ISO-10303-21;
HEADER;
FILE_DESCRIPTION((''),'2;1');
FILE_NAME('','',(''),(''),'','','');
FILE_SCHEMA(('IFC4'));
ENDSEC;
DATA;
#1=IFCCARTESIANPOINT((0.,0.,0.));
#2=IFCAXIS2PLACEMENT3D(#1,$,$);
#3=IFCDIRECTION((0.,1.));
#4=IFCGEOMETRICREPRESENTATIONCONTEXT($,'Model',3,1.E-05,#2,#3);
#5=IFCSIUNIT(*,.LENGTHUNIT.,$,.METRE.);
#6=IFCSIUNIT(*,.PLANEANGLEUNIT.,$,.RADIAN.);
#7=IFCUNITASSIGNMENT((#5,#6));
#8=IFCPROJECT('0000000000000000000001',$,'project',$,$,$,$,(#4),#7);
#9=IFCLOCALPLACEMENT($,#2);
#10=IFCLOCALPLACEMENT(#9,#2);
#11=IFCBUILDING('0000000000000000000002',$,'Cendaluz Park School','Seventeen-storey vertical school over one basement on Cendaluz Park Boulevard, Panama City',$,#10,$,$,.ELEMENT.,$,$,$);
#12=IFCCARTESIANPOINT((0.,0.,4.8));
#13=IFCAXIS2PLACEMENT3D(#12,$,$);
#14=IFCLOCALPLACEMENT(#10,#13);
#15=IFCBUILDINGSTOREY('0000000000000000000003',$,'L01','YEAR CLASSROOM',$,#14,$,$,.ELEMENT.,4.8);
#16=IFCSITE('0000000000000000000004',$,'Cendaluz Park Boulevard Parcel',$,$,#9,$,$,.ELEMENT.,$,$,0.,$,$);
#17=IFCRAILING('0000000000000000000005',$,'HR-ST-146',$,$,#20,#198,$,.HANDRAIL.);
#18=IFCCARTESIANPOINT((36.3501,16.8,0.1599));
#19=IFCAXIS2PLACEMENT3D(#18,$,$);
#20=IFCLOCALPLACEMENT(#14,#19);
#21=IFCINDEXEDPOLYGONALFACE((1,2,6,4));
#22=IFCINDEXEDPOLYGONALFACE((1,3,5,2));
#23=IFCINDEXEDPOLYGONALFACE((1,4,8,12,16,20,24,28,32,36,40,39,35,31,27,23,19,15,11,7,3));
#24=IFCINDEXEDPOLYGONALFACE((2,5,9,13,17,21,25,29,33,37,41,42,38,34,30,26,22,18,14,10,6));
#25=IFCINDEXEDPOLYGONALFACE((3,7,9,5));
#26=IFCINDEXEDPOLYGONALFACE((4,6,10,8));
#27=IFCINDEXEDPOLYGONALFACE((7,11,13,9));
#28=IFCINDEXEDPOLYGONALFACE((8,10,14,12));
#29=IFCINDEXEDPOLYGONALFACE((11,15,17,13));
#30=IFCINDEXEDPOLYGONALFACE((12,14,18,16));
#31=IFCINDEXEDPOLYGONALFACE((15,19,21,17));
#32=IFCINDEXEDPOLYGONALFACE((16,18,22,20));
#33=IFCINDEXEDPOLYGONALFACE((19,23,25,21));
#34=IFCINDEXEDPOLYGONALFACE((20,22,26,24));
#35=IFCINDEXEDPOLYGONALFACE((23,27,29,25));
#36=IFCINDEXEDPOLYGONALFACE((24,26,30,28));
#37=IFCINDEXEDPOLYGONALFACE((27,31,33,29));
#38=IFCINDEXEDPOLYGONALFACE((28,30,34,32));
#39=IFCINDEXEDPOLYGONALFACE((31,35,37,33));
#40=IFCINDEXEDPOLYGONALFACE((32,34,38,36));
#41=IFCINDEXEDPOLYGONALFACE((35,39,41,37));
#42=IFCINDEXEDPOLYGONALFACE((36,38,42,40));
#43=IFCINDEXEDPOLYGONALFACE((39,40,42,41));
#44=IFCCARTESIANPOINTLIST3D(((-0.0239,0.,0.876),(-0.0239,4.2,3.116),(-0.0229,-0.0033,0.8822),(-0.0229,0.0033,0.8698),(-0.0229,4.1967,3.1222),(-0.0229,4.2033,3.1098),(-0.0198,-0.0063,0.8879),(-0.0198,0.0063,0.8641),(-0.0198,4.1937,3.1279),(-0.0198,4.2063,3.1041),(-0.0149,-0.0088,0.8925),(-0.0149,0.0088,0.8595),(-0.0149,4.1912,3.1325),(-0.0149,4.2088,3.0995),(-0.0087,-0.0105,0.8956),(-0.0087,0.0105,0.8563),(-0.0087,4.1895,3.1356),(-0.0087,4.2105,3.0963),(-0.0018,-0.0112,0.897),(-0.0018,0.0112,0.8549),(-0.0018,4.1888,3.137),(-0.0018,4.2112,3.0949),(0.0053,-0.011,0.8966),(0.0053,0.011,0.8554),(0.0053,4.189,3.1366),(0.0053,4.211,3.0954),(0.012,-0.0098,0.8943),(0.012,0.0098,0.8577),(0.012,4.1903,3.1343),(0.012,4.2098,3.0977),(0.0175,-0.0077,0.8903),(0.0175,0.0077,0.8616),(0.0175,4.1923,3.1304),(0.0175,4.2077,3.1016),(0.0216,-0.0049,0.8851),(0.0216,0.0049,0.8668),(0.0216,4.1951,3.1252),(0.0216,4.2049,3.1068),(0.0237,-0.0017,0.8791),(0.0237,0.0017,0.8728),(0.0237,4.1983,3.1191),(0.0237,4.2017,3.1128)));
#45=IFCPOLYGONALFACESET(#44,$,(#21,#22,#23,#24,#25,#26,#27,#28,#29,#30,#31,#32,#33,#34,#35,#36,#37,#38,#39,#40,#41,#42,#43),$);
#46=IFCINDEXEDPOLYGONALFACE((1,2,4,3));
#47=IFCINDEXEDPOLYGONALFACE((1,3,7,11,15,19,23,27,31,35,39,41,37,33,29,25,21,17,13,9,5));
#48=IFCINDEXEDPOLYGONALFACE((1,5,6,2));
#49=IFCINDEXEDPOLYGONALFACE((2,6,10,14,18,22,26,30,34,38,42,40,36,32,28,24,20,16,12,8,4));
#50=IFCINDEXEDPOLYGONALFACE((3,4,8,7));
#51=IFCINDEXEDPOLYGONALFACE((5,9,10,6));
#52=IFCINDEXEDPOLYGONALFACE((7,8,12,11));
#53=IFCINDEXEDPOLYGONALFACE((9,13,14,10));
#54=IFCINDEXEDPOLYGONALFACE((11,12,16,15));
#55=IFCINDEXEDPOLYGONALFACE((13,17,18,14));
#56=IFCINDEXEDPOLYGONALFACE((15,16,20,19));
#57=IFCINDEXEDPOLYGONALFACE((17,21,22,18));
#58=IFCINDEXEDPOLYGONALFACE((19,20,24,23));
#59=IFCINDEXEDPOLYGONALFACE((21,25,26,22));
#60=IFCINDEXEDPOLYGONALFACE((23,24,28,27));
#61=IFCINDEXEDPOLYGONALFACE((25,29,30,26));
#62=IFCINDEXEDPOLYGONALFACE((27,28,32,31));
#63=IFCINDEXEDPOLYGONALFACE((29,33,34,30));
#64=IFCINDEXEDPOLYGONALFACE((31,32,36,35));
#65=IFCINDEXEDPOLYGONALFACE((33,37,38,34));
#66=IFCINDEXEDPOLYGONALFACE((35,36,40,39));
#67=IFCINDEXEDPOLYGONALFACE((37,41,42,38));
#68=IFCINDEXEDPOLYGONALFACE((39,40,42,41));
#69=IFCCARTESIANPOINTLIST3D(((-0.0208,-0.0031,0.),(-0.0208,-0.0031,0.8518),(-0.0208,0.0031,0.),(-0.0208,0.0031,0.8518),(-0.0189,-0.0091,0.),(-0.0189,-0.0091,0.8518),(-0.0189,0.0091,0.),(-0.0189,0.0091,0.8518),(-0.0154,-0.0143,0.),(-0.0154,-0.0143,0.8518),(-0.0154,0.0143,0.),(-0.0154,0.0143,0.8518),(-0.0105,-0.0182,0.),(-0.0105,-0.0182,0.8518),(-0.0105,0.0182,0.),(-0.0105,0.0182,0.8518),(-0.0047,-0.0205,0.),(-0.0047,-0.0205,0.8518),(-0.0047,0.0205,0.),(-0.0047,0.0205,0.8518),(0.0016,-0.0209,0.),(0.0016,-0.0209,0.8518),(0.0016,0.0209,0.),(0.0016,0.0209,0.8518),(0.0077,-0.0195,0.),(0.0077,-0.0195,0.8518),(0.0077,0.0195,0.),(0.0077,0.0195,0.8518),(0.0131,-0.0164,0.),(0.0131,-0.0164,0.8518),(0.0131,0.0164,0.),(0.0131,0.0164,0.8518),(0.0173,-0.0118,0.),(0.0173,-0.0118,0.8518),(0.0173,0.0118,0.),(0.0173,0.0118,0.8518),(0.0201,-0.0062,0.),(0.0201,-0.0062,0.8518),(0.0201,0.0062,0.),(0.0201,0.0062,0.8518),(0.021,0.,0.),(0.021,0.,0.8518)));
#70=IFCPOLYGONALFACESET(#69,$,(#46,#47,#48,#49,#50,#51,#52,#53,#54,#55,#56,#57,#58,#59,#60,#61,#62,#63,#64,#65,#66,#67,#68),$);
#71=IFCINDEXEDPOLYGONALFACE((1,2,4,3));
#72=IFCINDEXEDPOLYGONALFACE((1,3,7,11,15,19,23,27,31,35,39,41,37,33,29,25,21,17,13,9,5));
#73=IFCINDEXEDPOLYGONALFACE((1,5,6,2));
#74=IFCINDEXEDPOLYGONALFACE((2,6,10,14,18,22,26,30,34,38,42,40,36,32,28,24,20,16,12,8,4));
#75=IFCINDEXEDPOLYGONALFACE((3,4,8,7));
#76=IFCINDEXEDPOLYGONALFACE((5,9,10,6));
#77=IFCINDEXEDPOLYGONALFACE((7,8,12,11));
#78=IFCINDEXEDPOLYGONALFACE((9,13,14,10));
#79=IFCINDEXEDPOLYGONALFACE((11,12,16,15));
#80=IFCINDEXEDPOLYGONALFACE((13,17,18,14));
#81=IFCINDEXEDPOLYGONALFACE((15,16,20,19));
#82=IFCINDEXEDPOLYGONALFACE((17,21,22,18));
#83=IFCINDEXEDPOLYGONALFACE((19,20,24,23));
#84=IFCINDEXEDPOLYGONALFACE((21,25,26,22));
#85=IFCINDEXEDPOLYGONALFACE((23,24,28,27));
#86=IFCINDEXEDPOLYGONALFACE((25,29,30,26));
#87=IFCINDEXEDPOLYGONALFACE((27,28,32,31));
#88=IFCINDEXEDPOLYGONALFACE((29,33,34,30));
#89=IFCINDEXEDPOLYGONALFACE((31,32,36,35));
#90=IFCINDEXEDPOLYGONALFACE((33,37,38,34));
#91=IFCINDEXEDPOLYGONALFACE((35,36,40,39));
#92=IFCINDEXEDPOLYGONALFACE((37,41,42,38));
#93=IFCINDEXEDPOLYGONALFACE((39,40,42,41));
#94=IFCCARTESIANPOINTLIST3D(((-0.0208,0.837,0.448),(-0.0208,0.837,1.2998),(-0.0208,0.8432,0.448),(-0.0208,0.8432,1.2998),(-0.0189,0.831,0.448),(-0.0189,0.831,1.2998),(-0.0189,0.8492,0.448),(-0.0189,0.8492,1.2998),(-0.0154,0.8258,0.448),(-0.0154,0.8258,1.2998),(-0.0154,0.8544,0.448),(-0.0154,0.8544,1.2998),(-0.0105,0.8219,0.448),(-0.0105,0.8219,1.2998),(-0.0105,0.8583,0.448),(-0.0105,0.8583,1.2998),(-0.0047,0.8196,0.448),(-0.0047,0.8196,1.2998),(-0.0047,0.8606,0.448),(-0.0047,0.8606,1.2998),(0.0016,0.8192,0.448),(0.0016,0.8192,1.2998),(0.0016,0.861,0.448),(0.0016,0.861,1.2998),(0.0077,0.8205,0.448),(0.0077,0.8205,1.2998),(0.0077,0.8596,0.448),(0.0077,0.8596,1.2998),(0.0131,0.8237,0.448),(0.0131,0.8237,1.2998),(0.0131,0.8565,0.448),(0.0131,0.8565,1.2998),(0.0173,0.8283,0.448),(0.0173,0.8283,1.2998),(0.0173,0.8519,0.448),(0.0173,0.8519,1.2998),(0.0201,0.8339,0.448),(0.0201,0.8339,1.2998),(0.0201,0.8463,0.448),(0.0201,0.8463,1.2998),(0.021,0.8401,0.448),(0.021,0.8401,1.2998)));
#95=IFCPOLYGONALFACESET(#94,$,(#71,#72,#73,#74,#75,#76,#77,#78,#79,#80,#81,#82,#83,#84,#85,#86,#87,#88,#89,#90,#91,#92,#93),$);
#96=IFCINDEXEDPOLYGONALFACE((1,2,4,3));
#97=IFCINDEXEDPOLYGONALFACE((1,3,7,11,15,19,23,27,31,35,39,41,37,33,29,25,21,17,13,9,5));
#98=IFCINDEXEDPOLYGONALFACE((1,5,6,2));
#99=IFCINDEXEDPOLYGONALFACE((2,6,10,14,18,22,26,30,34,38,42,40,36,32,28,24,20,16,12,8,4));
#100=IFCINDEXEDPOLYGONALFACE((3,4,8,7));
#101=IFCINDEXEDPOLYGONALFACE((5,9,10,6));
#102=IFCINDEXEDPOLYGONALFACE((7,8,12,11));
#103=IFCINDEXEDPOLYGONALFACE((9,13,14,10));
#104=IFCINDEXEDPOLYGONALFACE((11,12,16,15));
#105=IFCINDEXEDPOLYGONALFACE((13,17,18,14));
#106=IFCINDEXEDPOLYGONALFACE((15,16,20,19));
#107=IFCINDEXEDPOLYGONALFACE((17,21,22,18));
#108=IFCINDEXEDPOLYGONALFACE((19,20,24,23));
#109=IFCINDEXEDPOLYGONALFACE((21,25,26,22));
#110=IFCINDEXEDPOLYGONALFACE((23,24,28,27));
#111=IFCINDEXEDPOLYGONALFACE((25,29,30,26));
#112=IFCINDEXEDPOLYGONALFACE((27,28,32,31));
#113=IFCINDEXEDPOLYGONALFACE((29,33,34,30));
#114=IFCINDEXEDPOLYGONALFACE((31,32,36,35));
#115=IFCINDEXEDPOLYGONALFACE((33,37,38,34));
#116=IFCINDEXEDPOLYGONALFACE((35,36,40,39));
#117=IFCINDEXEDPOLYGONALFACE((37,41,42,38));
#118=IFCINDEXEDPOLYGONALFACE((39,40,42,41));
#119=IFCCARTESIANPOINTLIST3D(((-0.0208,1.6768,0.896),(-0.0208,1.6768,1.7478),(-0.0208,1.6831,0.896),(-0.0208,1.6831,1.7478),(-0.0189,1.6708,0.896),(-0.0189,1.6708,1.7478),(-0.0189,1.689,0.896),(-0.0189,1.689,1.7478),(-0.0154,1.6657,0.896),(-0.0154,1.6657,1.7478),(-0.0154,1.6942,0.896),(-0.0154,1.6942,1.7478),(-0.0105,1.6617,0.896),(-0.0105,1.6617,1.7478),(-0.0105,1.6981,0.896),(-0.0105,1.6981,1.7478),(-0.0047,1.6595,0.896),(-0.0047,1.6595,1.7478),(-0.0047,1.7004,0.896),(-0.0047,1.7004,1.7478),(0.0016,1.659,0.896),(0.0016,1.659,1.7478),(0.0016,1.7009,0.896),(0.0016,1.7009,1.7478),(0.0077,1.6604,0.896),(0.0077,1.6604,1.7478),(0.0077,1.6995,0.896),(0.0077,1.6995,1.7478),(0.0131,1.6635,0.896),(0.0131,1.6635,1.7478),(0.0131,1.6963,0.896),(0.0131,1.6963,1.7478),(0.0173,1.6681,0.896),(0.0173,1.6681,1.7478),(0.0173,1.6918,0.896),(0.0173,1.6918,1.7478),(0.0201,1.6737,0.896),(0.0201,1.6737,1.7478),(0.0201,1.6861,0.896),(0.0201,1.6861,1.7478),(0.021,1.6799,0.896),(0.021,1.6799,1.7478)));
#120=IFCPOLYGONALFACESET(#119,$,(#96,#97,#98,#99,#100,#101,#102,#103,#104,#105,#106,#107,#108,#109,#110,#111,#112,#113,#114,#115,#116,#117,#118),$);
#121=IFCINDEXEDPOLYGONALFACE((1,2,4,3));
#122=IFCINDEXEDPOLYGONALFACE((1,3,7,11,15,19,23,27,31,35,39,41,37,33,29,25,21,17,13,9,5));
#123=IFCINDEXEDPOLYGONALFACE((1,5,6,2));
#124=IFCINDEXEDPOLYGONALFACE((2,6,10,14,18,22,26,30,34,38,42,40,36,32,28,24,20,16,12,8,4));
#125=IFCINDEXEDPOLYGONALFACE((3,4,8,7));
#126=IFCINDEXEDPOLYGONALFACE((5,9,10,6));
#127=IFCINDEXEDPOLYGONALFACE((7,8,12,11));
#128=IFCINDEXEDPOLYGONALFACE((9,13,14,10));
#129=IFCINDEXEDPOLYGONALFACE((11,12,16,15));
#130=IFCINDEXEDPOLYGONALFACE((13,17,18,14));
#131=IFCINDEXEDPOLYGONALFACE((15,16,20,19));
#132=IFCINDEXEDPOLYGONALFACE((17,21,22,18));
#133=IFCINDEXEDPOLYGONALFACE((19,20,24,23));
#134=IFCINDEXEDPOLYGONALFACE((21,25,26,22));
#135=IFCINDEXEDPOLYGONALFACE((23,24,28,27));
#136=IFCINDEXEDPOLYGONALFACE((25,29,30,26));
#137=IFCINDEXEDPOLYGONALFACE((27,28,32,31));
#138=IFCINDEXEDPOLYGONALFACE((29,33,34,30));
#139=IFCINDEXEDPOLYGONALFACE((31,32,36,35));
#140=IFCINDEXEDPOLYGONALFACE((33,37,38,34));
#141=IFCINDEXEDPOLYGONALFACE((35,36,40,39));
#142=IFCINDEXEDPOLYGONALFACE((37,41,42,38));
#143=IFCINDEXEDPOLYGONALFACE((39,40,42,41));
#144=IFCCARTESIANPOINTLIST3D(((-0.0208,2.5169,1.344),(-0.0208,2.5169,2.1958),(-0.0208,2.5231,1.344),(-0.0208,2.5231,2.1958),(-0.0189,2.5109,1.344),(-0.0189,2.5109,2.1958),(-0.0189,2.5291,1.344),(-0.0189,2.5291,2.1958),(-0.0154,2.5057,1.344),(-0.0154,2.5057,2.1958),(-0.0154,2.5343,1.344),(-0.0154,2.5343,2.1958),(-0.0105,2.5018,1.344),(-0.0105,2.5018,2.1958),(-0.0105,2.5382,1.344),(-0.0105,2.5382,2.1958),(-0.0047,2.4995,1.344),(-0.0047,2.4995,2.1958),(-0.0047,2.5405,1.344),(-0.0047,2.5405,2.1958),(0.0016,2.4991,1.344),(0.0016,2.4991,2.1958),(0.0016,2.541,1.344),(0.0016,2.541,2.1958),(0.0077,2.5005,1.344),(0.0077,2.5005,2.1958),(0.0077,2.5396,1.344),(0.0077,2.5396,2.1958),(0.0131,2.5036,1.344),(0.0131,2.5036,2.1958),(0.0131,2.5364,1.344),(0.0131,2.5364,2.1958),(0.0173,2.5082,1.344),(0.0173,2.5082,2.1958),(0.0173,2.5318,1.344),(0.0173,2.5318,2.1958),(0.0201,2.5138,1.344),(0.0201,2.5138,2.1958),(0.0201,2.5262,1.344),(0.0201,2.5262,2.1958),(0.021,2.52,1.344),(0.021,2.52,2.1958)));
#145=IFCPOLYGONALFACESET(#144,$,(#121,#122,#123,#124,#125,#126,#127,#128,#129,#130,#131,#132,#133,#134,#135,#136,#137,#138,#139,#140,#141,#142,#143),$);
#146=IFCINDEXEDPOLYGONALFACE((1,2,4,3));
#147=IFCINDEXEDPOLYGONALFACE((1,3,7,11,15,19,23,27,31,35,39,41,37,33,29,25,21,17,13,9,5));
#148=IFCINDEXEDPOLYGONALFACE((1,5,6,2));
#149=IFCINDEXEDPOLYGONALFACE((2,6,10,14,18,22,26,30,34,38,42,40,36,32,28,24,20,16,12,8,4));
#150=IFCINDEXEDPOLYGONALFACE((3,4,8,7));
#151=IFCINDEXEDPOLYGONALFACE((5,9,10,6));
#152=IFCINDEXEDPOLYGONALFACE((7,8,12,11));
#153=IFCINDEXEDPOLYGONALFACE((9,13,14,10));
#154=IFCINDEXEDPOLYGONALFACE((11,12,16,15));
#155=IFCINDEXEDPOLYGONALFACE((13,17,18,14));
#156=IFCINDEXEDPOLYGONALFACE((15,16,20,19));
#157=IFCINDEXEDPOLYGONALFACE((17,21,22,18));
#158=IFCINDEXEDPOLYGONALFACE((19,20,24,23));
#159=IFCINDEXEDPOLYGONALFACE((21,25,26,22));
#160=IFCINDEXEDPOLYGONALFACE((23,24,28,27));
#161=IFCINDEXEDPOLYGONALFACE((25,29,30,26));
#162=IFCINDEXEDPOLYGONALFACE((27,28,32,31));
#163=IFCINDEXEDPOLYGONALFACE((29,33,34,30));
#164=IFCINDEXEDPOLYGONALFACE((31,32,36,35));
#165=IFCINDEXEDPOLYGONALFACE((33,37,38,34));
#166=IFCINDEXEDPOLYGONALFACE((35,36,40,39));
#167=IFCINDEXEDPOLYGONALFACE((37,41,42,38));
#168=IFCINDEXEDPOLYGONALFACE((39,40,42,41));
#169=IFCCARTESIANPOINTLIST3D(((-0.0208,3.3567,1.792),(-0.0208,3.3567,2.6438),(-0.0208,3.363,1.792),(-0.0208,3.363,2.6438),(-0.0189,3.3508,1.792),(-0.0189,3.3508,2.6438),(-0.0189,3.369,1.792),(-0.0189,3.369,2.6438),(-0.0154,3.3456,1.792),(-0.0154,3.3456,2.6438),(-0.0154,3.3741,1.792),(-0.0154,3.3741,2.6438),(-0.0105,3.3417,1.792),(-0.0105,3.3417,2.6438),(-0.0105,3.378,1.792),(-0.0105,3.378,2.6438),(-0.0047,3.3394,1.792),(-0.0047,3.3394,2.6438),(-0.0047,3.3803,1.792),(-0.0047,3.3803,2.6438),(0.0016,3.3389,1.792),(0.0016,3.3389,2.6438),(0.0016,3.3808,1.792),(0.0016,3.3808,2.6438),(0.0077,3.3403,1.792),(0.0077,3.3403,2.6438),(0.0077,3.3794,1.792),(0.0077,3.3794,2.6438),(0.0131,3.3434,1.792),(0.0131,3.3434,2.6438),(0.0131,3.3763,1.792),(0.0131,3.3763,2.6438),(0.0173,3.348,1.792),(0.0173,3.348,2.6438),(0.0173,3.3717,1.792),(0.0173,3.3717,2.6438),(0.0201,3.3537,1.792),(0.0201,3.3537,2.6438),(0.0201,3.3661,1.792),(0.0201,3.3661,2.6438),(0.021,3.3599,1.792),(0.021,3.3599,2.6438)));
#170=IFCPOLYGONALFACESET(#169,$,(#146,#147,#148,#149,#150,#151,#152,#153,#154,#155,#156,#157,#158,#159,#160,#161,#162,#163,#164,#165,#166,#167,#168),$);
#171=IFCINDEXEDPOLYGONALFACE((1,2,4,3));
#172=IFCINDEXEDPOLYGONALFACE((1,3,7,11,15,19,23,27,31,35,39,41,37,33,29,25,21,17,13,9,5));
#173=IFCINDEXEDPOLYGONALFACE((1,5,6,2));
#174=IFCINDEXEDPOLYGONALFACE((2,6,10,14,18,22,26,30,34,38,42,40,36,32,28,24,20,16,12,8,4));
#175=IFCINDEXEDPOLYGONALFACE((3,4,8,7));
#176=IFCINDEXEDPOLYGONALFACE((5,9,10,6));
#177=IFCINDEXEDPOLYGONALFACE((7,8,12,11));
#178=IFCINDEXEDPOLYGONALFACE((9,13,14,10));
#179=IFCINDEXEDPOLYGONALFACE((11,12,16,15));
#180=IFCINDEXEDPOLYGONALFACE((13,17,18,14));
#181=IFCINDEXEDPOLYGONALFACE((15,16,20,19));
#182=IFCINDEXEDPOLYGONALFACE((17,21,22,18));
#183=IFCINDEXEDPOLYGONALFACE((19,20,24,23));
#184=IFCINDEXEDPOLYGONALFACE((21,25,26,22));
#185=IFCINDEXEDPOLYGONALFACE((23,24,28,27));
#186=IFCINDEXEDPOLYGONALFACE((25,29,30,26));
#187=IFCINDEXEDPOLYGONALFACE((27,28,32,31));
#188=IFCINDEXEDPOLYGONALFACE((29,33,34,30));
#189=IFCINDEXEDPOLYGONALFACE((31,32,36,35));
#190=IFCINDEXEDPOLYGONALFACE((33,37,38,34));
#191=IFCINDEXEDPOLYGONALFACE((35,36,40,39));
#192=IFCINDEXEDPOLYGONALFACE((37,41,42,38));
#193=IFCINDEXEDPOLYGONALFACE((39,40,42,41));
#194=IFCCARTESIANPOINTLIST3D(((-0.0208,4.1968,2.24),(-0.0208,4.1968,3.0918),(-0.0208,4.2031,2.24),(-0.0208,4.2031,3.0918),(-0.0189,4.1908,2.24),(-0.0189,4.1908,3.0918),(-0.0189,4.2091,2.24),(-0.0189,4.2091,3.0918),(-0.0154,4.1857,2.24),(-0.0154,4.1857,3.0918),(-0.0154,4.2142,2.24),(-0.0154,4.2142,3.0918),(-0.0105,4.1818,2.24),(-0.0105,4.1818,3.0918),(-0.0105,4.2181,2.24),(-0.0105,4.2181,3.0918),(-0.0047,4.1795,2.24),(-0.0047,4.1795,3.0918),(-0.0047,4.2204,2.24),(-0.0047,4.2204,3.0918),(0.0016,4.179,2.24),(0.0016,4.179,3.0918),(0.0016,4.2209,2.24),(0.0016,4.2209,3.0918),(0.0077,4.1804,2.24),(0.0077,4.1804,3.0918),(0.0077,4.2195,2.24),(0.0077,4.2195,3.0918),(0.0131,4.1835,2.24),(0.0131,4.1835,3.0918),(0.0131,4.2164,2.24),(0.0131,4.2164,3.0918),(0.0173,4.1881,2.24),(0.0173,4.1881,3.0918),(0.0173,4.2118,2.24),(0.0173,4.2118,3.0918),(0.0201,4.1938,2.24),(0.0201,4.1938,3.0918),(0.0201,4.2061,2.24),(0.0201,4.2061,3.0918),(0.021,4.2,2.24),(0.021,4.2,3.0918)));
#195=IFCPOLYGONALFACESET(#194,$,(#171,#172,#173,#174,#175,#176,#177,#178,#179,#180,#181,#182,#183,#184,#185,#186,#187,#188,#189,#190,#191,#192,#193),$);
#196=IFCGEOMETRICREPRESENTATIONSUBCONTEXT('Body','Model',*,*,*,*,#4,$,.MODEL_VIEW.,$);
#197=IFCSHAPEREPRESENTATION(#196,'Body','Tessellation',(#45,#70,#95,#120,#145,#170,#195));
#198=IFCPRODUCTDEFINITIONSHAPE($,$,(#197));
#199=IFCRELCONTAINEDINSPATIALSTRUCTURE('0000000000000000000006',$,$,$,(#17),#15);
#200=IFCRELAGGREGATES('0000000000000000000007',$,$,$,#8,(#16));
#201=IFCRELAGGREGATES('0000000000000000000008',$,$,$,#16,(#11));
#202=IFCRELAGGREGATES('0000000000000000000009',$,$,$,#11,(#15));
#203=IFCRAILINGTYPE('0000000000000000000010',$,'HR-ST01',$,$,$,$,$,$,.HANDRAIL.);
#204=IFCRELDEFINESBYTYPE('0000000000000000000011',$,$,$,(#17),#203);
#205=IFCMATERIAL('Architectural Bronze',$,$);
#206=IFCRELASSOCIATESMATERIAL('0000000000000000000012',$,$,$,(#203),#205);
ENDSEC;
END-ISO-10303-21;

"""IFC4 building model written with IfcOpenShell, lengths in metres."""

from ifc_helpers import new_model, si_unit, direction, frame, origin, origin_2d, place, context, subcontext, project, spatial, circle, extrude, material, type_object, element, save


model = new_model("IFC4")

# Units and contexts
model_context = context("Model", 3, precision=1e-05, world=origin(), true_north=direction((0.0, 1.0)))
body_context = subcontext(model_context, "Body", "Model", "MODEL_VIEW")
ifc_project = project(units=[si_unit("LENGTHUNIT", "METRE"), si_unit("PLANEANGLEUNIT", "RADIAN")], contexts=[model_context])

# Site, building, storey
site_placement = place(None, origin())
site = spatial("IfcSite", under=ifc_project, at=site_placement, Name="Cendaluz Park Boulevard Parcel", CompositionType="ELEMENT", RefElevation=0.0)
building_placement = place(site_placement, origin())
building = spatial("IfcBuilding", under=site, at=building_placement, Name="Cendaluz Park School", Description="Seventeen-storey vertical school over one basement on Cendaluz Park Boulevard, Panama City", CompositionType="ELEMENT")
storey_placement = place(building_placement, frame((0.0, 0.0, 4.8)))
storey = spatial("IfcBuildingStorey", under=building, at=storey_placement, Name="L01", Description="YEAR CLASSROOM", CompositionType="ELEMENT", Elevation=4.8)

# Railing
ifc_material_1 = material(Name="Architectural Bronze")
railing_type_1 = type_object("IfcRailingType", Name="HR-ST01", PredefinedType="HANDRAIL", material=ifc_material_1)
railing_1_placement = place(storey_placement, frame((36.3501, 16.8, 0.1599)))
element("IfcRailing", 1, at=railing_1_placement, inside=storey, type_object=railing_type_1, Name="HR-ST-146", PredefinedType="HANDRAIL", context=body_context, shape_type="SweptSolid", body=[
    extrude(circle(Radius=0.0239, at=origin_2d()), frame((0.0, 0.0, 0.876), z_axis=(0.0, 0.882352, 0.470591), x_axis=(-1.0, 0.0, 0.0)), (0.0, 0.0, 1.0), 4.76),
    extrude(circle(Radius=0.021, at=origin_2d()), origin(), (0.0, 0.0, 1.0), 0.8518),
    extrude(circle(Radius=0.021, at=origin_2d()), frame((0.0, 0.8401, 0.448)), (0.0, 0.0, 1.0), 0.8518),
    extrude(circle(Radius=0.021, at=origin_2d()), frame((0.0, 1.6799, 0.896)), (0.0, 0.0, 1.0), 0.8518),
    extrude(circle(Radius=0.021, at=origin_2d()), frame((0.0, 2.52, 1.344)), (0.0, 0.0, 1.0), 0.8518),
    extrude(circle(Radius=0.021, at=origin_2d()), frame((0.0, 3.3599, 1.792)), (0.0, 0.0, 1.0), 0.8518),
    extrude(circle(Radius=0.021, at=origin_2d()), frame((0.0, 4.2, 2.24)), (0.0, 0.0, 1.0), 0.8518),
])

save(model, "model.ifc")
